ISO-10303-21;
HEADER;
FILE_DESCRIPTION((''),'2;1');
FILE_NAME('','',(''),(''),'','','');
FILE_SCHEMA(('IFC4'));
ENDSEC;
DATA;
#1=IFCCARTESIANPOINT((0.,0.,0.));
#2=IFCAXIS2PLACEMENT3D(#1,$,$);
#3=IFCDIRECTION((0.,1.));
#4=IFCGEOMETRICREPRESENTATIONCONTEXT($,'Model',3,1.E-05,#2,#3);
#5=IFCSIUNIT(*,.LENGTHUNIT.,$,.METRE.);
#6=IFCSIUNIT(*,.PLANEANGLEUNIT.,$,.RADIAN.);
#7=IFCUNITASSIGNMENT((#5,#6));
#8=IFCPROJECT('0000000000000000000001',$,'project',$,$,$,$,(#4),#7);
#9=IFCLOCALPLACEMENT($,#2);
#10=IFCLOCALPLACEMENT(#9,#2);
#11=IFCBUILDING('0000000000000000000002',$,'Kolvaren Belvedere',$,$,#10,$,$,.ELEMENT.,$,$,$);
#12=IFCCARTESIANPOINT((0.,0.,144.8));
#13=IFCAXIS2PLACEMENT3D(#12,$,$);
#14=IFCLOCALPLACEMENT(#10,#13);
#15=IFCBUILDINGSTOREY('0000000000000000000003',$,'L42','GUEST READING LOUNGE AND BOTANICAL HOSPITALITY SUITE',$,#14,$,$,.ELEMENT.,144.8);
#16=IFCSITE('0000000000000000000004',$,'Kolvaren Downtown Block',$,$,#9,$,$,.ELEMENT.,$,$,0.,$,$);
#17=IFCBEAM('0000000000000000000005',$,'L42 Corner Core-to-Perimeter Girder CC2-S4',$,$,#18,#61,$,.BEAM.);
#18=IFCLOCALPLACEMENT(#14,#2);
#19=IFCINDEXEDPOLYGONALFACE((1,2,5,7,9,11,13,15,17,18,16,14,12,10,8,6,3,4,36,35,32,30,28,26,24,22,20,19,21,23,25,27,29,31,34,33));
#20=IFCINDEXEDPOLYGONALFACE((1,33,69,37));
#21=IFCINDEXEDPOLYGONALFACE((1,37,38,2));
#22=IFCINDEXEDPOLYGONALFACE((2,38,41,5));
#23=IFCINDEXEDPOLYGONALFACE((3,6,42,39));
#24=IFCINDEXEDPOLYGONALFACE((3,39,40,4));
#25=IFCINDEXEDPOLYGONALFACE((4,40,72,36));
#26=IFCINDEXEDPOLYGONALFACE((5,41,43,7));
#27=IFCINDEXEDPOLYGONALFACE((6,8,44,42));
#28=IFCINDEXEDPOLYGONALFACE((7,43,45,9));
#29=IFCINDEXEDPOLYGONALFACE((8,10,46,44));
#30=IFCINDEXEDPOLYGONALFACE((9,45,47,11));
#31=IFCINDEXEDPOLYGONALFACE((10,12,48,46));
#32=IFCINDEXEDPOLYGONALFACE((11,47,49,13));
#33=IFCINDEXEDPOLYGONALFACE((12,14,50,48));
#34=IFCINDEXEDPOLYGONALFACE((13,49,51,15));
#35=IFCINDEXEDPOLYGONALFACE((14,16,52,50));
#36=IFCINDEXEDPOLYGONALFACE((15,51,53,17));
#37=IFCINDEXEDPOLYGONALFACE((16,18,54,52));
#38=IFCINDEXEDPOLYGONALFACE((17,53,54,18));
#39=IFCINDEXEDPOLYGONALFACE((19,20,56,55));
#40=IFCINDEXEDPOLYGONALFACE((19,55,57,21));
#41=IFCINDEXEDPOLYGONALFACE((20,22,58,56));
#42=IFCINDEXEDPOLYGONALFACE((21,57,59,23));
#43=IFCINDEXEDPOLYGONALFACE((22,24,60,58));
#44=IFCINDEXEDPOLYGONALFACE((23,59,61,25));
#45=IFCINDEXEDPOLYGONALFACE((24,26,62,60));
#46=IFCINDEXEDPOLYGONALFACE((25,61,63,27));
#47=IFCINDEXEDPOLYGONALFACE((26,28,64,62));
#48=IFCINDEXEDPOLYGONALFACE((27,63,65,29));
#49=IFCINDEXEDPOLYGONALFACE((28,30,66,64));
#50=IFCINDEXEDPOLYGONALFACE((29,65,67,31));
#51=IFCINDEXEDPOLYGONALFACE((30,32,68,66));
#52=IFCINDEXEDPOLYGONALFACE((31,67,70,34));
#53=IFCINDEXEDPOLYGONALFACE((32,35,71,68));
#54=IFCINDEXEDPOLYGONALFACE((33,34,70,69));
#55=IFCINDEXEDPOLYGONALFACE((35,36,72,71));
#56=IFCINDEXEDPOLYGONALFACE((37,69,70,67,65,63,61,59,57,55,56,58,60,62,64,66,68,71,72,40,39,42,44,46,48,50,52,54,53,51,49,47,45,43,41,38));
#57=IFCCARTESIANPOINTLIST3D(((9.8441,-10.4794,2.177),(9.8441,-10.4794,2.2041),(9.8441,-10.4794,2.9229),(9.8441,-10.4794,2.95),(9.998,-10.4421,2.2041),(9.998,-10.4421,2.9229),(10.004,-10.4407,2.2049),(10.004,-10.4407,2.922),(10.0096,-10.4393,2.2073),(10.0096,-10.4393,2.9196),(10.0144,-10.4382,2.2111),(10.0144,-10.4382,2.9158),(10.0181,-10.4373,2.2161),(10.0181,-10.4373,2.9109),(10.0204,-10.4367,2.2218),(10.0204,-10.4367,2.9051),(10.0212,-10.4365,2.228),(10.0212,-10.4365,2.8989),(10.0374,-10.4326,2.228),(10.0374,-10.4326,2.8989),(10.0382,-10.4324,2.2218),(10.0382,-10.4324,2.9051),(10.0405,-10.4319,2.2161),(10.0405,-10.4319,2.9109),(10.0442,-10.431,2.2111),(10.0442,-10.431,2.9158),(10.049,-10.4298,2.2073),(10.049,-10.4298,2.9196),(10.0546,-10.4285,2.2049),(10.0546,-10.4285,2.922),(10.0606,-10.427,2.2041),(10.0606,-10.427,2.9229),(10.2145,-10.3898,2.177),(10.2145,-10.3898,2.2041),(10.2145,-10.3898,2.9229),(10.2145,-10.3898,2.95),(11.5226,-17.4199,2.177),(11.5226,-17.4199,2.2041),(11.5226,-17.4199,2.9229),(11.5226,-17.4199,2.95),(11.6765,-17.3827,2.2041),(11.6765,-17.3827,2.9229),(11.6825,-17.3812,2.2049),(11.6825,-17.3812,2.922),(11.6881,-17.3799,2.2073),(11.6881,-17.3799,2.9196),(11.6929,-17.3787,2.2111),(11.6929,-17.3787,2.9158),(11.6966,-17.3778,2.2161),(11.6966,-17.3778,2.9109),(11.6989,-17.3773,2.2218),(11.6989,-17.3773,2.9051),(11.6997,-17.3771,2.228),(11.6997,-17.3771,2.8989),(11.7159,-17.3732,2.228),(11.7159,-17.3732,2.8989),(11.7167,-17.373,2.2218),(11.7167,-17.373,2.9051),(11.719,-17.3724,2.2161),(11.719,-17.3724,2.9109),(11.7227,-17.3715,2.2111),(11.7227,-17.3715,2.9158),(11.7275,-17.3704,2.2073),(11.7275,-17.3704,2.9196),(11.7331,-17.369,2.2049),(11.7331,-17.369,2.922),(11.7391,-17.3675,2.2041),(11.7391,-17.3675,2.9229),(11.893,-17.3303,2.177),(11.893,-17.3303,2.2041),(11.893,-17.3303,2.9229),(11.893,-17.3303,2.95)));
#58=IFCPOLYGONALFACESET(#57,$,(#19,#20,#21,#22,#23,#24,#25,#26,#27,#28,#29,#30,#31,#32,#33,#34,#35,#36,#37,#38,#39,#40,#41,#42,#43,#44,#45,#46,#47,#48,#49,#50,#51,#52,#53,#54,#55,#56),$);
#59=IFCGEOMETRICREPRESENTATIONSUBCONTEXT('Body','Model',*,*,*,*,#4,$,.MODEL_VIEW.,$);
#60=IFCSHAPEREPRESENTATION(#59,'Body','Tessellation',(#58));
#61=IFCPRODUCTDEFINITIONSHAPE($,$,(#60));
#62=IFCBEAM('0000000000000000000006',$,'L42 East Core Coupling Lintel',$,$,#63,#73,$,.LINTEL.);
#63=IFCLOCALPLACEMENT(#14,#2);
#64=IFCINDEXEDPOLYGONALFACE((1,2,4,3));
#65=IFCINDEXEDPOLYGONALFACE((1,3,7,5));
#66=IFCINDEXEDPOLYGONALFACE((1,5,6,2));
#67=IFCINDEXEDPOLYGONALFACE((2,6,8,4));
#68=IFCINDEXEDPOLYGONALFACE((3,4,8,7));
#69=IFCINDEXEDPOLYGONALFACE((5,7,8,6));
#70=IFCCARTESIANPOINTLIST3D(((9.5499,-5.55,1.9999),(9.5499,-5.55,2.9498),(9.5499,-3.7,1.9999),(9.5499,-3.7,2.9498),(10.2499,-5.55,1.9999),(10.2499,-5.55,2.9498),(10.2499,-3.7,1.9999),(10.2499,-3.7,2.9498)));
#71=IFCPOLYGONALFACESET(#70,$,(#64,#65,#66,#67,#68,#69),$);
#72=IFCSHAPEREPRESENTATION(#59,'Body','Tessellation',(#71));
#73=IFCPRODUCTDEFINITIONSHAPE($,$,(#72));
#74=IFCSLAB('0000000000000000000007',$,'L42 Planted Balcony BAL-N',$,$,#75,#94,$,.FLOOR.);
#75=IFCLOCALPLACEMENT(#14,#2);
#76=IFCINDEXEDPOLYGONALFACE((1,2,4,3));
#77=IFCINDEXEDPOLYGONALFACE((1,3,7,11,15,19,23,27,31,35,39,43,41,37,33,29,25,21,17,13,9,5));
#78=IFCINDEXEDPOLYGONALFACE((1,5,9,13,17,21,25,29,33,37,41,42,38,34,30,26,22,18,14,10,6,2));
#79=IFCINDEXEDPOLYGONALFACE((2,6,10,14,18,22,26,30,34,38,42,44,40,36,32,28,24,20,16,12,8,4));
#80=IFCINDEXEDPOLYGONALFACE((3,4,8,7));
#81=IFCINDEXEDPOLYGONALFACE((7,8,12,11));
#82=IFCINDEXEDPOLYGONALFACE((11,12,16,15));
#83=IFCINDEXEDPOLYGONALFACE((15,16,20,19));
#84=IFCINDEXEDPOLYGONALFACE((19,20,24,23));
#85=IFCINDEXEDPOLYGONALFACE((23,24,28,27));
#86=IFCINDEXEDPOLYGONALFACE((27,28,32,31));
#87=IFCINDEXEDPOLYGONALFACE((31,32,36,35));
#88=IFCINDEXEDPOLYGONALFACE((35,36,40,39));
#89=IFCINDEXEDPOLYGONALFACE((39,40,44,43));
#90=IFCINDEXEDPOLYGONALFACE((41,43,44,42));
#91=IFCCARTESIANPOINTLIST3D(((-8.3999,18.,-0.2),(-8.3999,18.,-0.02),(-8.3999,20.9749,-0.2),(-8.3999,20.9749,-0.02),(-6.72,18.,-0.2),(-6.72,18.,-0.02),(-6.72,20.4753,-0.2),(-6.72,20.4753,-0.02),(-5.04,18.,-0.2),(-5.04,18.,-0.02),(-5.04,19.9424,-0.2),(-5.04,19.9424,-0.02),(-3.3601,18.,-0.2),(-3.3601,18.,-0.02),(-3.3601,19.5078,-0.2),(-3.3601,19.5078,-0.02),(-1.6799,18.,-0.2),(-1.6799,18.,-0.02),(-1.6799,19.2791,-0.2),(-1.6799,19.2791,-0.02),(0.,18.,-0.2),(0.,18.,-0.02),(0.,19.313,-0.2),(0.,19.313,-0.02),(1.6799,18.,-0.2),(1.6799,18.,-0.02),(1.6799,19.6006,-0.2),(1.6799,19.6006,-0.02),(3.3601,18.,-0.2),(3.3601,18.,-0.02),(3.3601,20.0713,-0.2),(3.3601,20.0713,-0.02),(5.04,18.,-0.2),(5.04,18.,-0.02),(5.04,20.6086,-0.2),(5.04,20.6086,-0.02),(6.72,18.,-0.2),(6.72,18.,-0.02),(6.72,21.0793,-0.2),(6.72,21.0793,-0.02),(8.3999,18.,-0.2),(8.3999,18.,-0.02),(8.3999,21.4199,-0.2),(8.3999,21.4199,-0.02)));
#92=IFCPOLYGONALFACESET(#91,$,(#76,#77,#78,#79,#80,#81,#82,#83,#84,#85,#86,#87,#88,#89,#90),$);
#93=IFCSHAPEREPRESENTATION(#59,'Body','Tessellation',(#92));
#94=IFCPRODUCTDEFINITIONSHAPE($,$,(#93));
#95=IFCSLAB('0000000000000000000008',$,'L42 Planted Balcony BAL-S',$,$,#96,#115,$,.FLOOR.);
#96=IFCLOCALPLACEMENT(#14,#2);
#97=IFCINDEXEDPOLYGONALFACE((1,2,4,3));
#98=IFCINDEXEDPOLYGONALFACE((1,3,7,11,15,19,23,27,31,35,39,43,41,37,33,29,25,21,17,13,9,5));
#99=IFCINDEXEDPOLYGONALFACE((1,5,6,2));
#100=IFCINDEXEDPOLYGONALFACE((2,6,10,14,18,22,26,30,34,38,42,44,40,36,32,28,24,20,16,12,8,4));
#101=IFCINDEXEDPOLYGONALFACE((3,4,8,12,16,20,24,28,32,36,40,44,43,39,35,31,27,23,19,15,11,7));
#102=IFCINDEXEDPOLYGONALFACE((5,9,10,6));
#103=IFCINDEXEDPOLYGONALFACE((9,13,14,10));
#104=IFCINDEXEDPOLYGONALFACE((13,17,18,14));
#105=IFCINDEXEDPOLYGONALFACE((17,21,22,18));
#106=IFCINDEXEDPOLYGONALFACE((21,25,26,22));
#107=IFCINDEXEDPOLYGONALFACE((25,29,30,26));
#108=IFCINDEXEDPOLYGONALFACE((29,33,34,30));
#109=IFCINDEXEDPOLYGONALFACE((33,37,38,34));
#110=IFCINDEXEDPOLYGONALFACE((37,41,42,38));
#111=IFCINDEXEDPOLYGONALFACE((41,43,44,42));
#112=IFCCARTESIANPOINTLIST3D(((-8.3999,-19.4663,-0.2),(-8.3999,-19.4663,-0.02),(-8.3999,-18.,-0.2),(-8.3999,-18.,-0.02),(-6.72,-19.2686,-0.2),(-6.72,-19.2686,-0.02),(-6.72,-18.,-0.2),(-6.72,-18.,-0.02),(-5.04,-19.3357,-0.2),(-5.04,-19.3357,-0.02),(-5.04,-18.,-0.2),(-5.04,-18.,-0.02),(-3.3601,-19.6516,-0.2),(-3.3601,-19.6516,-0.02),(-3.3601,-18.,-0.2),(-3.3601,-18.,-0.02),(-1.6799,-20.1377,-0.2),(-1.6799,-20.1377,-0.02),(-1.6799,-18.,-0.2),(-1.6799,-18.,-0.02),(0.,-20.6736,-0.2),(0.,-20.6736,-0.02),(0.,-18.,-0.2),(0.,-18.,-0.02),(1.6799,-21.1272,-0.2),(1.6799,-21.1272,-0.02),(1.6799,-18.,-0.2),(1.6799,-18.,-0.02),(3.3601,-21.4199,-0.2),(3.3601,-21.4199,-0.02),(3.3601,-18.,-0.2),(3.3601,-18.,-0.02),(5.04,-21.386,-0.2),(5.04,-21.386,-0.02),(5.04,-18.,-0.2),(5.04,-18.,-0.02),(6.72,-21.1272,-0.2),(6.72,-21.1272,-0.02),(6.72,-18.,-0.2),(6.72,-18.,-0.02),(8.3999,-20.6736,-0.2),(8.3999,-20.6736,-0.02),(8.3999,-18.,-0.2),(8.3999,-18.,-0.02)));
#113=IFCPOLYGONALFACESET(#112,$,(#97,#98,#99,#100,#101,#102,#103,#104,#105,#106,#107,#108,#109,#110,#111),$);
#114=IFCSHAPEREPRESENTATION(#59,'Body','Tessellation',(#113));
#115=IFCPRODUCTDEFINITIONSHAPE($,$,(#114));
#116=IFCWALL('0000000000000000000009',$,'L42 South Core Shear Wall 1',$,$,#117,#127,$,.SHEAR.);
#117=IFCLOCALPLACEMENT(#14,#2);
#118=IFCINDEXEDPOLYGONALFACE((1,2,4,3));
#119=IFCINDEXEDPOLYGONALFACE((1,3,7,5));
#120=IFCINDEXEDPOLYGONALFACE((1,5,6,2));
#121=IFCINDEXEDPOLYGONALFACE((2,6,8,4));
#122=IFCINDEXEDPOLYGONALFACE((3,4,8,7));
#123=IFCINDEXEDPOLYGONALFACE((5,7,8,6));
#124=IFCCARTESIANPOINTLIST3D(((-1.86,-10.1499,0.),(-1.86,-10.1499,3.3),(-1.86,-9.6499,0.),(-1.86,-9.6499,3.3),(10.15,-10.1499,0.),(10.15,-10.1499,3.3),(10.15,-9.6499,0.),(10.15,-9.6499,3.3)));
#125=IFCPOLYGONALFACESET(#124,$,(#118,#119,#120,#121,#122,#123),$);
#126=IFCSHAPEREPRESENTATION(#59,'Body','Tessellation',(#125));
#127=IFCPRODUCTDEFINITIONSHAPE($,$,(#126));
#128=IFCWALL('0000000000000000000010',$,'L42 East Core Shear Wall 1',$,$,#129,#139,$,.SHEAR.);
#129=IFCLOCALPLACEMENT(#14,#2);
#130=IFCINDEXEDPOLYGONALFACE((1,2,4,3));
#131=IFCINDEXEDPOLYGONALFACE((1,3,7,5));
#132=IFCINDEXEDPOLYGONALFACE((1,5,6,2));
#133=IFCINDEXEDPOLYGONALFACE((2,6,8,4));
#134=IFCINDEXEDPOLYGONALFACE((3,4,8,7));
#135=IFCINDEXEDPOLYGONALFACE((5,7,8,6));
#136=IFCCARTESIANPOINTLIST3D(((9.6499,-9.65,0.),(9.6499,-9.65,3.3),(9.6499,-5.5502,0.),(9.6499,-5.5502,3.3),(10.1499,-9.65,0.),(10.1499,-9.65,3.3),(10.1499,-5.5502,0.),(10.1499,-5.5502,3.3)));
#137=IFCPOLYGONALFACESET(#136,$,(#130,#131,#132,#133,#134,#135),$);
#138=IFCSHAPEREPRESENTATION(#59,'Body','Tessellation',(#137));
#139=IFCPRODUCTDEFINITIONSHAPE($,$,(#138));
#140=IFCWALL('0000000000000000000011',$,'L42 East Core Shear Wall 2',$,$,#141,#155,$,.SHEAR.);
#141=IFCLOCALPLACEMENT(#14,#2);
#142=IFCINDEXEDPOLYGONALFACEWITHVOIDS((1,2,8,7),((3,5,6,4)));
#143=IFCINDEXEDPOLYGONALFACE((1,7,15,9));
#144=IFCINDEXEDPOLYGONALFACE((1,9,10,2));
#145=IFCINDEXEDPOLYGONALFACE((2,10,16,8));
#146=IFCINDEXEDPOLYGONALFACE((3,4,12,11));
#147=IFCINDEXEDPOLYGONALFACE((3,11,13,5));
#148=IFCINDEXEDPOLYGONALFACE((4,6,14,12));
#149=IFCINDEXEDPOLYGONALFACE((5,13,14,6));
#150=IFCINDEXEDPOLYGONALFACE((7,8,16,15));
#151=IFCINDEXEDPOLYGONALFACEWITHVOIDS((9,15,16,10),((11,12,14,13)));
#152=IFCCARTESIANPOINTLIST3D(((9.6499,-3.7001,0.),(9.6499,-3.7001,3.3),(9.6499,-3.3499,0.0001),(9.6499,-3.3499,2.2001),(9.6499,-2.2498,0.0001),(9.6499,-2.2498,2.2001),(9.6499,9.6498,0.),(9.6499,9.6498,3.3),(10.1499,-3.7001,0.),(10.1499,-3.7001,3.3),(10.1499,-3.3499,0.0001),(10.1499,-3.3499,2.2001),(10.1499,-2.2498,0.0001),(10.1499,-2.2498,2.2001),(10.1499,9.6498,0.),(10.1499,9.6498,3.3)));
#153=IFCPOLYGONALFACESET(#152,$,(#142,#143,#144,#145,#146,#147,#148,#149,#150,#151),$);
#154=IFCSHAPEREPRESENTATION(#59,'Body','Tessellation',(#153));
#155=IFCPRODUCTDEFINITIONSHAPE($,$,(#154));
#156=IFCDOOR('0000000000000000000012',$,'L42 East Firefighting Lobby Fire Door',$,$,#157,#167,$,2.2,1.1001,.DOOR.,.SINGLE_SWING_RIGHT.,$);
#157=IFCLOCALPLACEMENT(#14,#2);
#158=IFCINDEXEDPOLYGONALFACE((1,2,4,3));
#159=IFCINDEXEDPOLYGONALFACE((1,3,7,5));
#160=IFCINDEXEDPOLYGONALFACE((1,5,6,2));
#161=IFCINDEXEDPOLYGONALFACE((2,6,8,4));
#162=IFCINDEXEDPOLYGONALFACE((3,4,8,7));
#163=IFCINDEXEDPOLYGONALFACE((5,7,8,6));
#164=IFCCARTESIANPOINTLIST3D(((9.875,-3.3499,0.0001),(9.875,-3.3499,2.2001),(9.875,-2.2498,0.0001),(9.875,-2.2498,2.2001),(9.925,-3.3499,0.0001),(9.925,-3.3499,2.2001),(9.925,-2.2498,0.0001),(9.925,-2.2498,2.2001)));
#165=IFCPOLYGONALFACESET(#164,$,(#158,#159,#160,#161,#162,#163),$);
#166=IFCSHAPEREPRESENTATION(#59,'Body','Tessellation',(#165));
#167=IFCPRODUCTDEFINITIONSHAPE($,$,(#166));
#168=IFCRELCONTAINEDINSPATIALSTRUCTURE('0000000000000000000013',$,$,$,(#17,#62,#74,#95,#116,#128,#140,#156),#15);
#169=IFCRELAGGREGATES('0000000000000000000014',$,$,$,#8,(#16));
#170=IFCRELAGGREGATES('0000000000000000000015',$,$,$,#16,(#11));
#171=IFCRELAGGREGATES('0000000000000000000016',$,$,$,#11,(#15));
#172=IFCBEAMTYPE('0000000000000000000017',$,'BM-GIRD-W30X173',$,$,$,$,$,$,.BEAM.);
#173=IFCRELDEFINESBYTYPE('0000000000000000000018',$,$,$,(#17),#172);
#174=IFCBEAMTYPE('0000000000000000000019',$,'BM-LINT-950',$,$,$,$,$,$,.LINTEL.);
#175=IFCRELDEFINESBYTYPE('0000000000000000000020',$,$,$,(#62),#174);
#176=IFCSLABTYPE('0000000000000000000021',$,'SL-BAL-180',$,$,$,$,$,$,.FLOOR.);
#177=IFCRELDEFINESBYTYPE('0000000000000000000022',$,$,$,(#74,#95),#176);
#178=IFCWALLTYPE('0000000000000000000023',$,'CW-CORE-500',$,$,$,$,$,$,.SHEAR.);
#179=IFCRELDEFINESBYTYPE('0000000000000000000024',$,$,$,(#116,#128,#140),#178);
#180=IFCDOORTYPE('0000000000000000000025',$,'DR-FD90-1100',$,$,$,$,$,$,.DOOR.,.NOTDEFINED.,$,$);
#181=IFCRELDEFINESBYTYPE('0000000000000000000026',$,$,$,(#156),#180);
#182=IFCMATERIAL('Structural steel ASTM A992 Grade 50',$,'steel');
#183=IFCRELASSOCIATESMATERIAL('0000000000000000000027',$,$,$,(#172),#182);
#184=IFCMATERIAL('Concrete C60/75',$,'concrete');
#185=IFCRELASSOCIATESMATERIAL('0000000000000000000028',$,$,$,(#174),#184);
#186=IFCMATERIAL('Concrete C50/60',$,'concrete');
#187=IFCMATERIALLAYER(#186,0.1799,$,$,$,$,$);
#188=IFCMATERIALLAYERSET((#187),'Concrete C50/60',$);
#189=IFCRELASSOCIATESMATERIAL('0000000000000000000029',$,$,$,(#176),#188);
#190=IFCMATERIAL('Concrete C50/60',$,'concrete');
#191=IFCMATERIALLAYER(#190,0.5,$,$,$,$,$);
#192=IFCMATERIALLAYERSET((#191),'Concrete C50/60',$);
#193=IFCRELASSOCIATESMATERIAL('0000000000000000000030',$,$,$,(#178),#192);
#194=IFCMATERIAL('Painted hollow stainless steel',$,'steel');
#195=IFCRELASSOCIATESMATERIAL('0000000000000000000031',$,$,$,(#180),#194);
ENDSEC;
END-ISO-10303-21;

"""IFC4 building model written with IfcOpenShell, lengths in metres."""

from ifc_helpers import new_model, si_unit, direction, frame, frame_2d, origin, origin_2d, place, context, subcontext, project, spatial, polyline, rectangle, i_section, outline, extrude, material, layer, layer_set, material_profile, profile_set, type_object, element, fill, save


model = new_model("IFC4")

# Units and contexts
model_context = context("Model", 3, precision=1e-05, world=origin(), true_north=direction((0.0, 1.0)))
body_context = subcontext(model_context, "Body", "Model", "MODEL_VIEW")
ifc_project = project(units=[si_unit("LENGTHUNIT", "METRE"), si_unit("PLANEANGLEUNIT", "RADIAN")], contexts=[model_context])

# Site, building, storey
site_placement = place(None, origin())
site = spatial("IfcSite", under=ifc_project, at=site_placement, Name="Kolvaren Downtown Block", CompositionType="ELEMENT", RefElevation=0.0)
building_placement = place(site_placement, origin())
building = spatial("IfcBuilding", under=site, at=building_placement, Name="Kolvaren Belvedere", CompositionType="ELEMENT")
storey_placement = place(building_placement, frame((0.0, 0.0, 144.8)))
storey = spatial("IfcBuildingStorey", under=building, at=storey_placement, Name="L42", Description="GUEST READING LOUNGE AND BOTANICAL HOSPITALITY SUITE", CompositionType="ELEMENT", Elevation=144.8)

# Beams
ifc_material_1 = material(Name="Structural steel ASTM A992 Grade 50", Category="steel")
ifc_material_profile_1 = material_profile(ifc_material_1, i_section(OverallWidth=0.3811, OverallDepth=0.7729, WebThickness=0.0166, FlangeThickness=0.0271, FilletRadius=0.0239, at=origin_2d()), Name="W30X173")
ifc_profile_set_1 = profile_set([ifc_material_profile_1], Name="Structural steel ASTM A992 Grade 50")
beam_type_1 = type_object("IfcBeamType", Name="BM-GIRD-W30X173", PredefinedType="BEAM", material=ifc_profile_set_1)
beam_1_placement = place(storey_placement, frame((10.0293, -10.4346, 2.5635), z_axis=(0.235063, -0.97198, 0.0), x_axis=(0.97198, 0.235063, 0.0)))
element("IfcBeam", 1, at=beam_1_placement, inside=storey, type_object=beam_type_1, Name="L42 Corner Core-to-Perimeter Girder CC2-S4", PredefinedType="BEAM", context=body_context, shape_type="SweptSolid", body=[
    extrude(i_section(OverallWidth=0.3811, OverallDepth=0.7729, WebThickness=0.0166, FlangeThickness=0.0271, FilletRadius=0.0239, at=origin_2d()), origin(), (0.0, 0.0, 1.0), 7.1406),
])
ifc_material_2 = material(Name="Concrete C60/75", Category="concrete")
ifc_material_profile_2 = material_profile(ifc_material_2, rectangle(XDim=0.7, YDim=0.95, at=origin_2d()), Name="RC 700X950")
ifc_profile_set_2 = profile_set([ifc_material_profile_2], Name="Concrete C60/75")
beam_type_2 = type_object("IfcBeamType", Name="BM-LINT-950", PredefinedType="LINTEL", material=ifc_profile_set_2)
beam_2_placement = place(storey_placement, frame((9.8999, -5.55, 2.4749), z_axis=(0.0, 1.0, 0.0), x_axis=(-1.0, 0.0, 0.0)))
element("IfcBeam", 2, at=beam_2_placement, inside=storey, type_object=beam_type_2, Name="L42 East Core Coupling Lintel", PredefinedType="LINTEL", context=body_context, shape_type="SweptSolid", body=[
    extrude(rectangle(XDim=0.7, YDim=0.95, at=origin_2d()), origin(), (0.0, 0.0, 1.0), 1.8501),
])

# Slabs
ifc_material_3 = material(Name="Concrete C50/60", Category="concrete")
ifc_layer_1 = layer(ifc_material_3, 0.1799)
ifc_layer_set_1 = layer_set([ifc_layer_1], Name="Concrete C50/60")
slab_type = type_object("IfcSlabType", Name="SL-BAL-180", PredefinedType="FLOOR", material=ifc_layer_set_1)
slab_1_placement = place(storey_placement, frame((0.0, 0.0, -0.2)))
element("IfcSlab", 3, at=slab_1_placement, inside=storey, type_object=slab_type, Name="L42 Planted Balcony BAL-N", PredefinedType="FLOOR", context=body_context, shape_type="SweptSolid", body=[
    extrude(outline(polyline([(-8.3999, 18.0), (-6.72, 18.0), (-5.04, 18.0), (-3.3601, 18.0), (-1.6799, 18.0), (0.0, 18.0), (1.6799, 18.0), (3.3601, 18.0), (5.04, 18.0), (6.72, 18.0), (8.3999, 18.0), (8.3999, 21.4199), (6.72, 21.0793), (5.04, 20.6086), (3.3601, 20.0713), (1.6799, 19.6006), (0.0, 19.313), (-1.6799, 19.2791), (-3.3601, 19.5078), (-5.04, 19.9424), (-6.72, 20.4753), (-8.3999, 20.9749), (-8.3999, 18.0)])), origin(), (0.0, 0.0, 1.0), 0.1799),
])
slab_2_placement = place(storey_placement, frame((0.0, 0.0, -0.2)))
element("IfcSlab", 4, at=slab_2_placement, inside=storey, type_object=slab_type, Name="L42 Planted Balcony BAL-S", PredefinedType="FLOOR", context=body_context, shape_type="SweptSolid", body=[
    extrude(outline(polyline([(-8.3999, -19.4663), (-6.72, -19.2686), (-5.04, -19.3357), (-3.3601, -19.6516), (-1.6799, -20.1377), (0.0, -20.6736), (1.6799, -21.1272), (3.3601, -21.4199), (5.04, -21.386), (6.72, -21.1272), (8.3999, -20.6736), (8.3999, -18.0), (6.72, -18.0), (5.04, -18.0), (3.3601, -18.0), (1.6799, -18.0), (0.0, -18.0), (-1.6799, -18.0), (-3.3601, -18.0), (-5.04, -18.0), (-6.72, -18.0), (-8.3999, -18.0), (-8.3999, -19.4663)])), origin(), (0.0, 0.0, 1.0), 0.1799),
])

# Walls
ifc_material_4 = material(Name="Concrete C50/60", Category="concrete")
ifc_layer_2 = layer(ifc_material_4, 0.5)
ifc_layer_set_2 = layer_set([ifc_layer_2], Name="Concrete C50/60")
wall_type_1 = type_object("IfcWallType", Name="CW-CORE-500", PredefinedType="SHEAR", material=ifc_layer_set_2)
wall_1_placement = place(storey_placement, frame((10.1499, -9.8999, 0.0), z_axis=(0.0, 0.0, 1.0), x_axis=(-1.0, 0.0, 0.0)))
element("IfcWall", 5, at=wall_1_placement, inside=storey, type_object=wall_type_1, Name="L42 South Core Shear Wall 1", PredefinedType="SHEAR", context=body_context, shape_type="SweptSolid", body=[
    extrude(rectangle(XDim=12.01, YDim=0.5, at=frame_2d((6.0049, 0.0))), origin(), (0.0, 0.0, 1.0), 3.3),
])
wall_2_placement = place(storey_placement, frame((9.8999, -9.6499, 0.0), z_axis=(0.0, 0.0, 1.0), x_axis=(0.0, 1.0, 0.0)))
element("IfcWall", 6, at=wall_2_placement, inside=storey, type_object=wall_type_1, Name="L42 East Core Shear Wall 1", PredefinedType="SHEAR", context=body_context, shape_type="SweptSolid", body=[
    extrude(rectangle(XDim=4.0999, YDim=0.5, at=frame_2d((2.0498, 0.0))), origin(), (0.0, 0.0, 1.0), 3.3),
])

# Wall, opening, door
wall_3_placement = place(storey_placement, frame((9.8999, -3.7, 0.0), z_axis=(0.0, 0.0, 1.0), x_axis=(0.0, 1.0, 0.0)))
wall_3 = element("IfcWall", 7, at=wall_3_placement, inside=storey, type_object=wall_type_1, Name="L42 East Core Shear Wall 2", PredefinedType="SHEAR", context=body_context, shape_type="SweptSolid", body=[
    extrude(rectangle(XDim=13.3499, YDim=0.5, at=frame_2d((6.6748, 0.0))), origin(), (0.0, 0.0, 1.0), 3.3),
])
opening_1_placement = place(wall_3_placement, frame((0.3501, 0.0, 0.0)))
opening_1 = element("IfcOpeningElement", 8, at=opening_1_placement, cuts=wall_3, PredefinedType="OPENING", context=body_context, shape_type="SweptSolid", body=[
    extrude(rectangle(XDim=1.1001, YDim=2.2, at=frame_2d((0.55, 1.1001))), frame((0.0, 0.26, 0.0), z_axis=(0.0, -1.0, 0.0), x_axis=(1.0, 0.0, 0.0)), (0.0, 0.0, 1.0), 0.52),
])
ifc_material_5 = material(Name="Painted hollow stainless steel", Category="steel")
door_type_1 = type_object("IfcDoorType", Name="DR-FD90-1100", OperationType="NOTDEFINED", PredefinedType="DOOR", material=ifc_material_5)
door_1_placement = place(opening_1_placement, origin())
door_1 = element("IfcDoor", 9, at=door_1_placement, inside=storey, type_object=door_type_1, Name="L42 East Firefighting Lobby Fire Door", OperationType="SINGLE_SWING_RIGHT", OverallHeight=2.2, OverallWidth=1.1001, PredefinedType="DOOR", context=body_context, shape_type="SweptSolid", body=[
    extrude(rectangle(XDim=1.1001, YDim=2.2, at=frame_2d((0.55, 1.1001))), frame((0.0, 0.0249, 0.0), z_axis=(0.0, -1.0, 0.0), x_axis=(1.0, 0.0, 0.0)), (0.0, 0.0, 1.0), 0.05),
])
fill(opening_1, door_1)

save(model, "model.ifc")
